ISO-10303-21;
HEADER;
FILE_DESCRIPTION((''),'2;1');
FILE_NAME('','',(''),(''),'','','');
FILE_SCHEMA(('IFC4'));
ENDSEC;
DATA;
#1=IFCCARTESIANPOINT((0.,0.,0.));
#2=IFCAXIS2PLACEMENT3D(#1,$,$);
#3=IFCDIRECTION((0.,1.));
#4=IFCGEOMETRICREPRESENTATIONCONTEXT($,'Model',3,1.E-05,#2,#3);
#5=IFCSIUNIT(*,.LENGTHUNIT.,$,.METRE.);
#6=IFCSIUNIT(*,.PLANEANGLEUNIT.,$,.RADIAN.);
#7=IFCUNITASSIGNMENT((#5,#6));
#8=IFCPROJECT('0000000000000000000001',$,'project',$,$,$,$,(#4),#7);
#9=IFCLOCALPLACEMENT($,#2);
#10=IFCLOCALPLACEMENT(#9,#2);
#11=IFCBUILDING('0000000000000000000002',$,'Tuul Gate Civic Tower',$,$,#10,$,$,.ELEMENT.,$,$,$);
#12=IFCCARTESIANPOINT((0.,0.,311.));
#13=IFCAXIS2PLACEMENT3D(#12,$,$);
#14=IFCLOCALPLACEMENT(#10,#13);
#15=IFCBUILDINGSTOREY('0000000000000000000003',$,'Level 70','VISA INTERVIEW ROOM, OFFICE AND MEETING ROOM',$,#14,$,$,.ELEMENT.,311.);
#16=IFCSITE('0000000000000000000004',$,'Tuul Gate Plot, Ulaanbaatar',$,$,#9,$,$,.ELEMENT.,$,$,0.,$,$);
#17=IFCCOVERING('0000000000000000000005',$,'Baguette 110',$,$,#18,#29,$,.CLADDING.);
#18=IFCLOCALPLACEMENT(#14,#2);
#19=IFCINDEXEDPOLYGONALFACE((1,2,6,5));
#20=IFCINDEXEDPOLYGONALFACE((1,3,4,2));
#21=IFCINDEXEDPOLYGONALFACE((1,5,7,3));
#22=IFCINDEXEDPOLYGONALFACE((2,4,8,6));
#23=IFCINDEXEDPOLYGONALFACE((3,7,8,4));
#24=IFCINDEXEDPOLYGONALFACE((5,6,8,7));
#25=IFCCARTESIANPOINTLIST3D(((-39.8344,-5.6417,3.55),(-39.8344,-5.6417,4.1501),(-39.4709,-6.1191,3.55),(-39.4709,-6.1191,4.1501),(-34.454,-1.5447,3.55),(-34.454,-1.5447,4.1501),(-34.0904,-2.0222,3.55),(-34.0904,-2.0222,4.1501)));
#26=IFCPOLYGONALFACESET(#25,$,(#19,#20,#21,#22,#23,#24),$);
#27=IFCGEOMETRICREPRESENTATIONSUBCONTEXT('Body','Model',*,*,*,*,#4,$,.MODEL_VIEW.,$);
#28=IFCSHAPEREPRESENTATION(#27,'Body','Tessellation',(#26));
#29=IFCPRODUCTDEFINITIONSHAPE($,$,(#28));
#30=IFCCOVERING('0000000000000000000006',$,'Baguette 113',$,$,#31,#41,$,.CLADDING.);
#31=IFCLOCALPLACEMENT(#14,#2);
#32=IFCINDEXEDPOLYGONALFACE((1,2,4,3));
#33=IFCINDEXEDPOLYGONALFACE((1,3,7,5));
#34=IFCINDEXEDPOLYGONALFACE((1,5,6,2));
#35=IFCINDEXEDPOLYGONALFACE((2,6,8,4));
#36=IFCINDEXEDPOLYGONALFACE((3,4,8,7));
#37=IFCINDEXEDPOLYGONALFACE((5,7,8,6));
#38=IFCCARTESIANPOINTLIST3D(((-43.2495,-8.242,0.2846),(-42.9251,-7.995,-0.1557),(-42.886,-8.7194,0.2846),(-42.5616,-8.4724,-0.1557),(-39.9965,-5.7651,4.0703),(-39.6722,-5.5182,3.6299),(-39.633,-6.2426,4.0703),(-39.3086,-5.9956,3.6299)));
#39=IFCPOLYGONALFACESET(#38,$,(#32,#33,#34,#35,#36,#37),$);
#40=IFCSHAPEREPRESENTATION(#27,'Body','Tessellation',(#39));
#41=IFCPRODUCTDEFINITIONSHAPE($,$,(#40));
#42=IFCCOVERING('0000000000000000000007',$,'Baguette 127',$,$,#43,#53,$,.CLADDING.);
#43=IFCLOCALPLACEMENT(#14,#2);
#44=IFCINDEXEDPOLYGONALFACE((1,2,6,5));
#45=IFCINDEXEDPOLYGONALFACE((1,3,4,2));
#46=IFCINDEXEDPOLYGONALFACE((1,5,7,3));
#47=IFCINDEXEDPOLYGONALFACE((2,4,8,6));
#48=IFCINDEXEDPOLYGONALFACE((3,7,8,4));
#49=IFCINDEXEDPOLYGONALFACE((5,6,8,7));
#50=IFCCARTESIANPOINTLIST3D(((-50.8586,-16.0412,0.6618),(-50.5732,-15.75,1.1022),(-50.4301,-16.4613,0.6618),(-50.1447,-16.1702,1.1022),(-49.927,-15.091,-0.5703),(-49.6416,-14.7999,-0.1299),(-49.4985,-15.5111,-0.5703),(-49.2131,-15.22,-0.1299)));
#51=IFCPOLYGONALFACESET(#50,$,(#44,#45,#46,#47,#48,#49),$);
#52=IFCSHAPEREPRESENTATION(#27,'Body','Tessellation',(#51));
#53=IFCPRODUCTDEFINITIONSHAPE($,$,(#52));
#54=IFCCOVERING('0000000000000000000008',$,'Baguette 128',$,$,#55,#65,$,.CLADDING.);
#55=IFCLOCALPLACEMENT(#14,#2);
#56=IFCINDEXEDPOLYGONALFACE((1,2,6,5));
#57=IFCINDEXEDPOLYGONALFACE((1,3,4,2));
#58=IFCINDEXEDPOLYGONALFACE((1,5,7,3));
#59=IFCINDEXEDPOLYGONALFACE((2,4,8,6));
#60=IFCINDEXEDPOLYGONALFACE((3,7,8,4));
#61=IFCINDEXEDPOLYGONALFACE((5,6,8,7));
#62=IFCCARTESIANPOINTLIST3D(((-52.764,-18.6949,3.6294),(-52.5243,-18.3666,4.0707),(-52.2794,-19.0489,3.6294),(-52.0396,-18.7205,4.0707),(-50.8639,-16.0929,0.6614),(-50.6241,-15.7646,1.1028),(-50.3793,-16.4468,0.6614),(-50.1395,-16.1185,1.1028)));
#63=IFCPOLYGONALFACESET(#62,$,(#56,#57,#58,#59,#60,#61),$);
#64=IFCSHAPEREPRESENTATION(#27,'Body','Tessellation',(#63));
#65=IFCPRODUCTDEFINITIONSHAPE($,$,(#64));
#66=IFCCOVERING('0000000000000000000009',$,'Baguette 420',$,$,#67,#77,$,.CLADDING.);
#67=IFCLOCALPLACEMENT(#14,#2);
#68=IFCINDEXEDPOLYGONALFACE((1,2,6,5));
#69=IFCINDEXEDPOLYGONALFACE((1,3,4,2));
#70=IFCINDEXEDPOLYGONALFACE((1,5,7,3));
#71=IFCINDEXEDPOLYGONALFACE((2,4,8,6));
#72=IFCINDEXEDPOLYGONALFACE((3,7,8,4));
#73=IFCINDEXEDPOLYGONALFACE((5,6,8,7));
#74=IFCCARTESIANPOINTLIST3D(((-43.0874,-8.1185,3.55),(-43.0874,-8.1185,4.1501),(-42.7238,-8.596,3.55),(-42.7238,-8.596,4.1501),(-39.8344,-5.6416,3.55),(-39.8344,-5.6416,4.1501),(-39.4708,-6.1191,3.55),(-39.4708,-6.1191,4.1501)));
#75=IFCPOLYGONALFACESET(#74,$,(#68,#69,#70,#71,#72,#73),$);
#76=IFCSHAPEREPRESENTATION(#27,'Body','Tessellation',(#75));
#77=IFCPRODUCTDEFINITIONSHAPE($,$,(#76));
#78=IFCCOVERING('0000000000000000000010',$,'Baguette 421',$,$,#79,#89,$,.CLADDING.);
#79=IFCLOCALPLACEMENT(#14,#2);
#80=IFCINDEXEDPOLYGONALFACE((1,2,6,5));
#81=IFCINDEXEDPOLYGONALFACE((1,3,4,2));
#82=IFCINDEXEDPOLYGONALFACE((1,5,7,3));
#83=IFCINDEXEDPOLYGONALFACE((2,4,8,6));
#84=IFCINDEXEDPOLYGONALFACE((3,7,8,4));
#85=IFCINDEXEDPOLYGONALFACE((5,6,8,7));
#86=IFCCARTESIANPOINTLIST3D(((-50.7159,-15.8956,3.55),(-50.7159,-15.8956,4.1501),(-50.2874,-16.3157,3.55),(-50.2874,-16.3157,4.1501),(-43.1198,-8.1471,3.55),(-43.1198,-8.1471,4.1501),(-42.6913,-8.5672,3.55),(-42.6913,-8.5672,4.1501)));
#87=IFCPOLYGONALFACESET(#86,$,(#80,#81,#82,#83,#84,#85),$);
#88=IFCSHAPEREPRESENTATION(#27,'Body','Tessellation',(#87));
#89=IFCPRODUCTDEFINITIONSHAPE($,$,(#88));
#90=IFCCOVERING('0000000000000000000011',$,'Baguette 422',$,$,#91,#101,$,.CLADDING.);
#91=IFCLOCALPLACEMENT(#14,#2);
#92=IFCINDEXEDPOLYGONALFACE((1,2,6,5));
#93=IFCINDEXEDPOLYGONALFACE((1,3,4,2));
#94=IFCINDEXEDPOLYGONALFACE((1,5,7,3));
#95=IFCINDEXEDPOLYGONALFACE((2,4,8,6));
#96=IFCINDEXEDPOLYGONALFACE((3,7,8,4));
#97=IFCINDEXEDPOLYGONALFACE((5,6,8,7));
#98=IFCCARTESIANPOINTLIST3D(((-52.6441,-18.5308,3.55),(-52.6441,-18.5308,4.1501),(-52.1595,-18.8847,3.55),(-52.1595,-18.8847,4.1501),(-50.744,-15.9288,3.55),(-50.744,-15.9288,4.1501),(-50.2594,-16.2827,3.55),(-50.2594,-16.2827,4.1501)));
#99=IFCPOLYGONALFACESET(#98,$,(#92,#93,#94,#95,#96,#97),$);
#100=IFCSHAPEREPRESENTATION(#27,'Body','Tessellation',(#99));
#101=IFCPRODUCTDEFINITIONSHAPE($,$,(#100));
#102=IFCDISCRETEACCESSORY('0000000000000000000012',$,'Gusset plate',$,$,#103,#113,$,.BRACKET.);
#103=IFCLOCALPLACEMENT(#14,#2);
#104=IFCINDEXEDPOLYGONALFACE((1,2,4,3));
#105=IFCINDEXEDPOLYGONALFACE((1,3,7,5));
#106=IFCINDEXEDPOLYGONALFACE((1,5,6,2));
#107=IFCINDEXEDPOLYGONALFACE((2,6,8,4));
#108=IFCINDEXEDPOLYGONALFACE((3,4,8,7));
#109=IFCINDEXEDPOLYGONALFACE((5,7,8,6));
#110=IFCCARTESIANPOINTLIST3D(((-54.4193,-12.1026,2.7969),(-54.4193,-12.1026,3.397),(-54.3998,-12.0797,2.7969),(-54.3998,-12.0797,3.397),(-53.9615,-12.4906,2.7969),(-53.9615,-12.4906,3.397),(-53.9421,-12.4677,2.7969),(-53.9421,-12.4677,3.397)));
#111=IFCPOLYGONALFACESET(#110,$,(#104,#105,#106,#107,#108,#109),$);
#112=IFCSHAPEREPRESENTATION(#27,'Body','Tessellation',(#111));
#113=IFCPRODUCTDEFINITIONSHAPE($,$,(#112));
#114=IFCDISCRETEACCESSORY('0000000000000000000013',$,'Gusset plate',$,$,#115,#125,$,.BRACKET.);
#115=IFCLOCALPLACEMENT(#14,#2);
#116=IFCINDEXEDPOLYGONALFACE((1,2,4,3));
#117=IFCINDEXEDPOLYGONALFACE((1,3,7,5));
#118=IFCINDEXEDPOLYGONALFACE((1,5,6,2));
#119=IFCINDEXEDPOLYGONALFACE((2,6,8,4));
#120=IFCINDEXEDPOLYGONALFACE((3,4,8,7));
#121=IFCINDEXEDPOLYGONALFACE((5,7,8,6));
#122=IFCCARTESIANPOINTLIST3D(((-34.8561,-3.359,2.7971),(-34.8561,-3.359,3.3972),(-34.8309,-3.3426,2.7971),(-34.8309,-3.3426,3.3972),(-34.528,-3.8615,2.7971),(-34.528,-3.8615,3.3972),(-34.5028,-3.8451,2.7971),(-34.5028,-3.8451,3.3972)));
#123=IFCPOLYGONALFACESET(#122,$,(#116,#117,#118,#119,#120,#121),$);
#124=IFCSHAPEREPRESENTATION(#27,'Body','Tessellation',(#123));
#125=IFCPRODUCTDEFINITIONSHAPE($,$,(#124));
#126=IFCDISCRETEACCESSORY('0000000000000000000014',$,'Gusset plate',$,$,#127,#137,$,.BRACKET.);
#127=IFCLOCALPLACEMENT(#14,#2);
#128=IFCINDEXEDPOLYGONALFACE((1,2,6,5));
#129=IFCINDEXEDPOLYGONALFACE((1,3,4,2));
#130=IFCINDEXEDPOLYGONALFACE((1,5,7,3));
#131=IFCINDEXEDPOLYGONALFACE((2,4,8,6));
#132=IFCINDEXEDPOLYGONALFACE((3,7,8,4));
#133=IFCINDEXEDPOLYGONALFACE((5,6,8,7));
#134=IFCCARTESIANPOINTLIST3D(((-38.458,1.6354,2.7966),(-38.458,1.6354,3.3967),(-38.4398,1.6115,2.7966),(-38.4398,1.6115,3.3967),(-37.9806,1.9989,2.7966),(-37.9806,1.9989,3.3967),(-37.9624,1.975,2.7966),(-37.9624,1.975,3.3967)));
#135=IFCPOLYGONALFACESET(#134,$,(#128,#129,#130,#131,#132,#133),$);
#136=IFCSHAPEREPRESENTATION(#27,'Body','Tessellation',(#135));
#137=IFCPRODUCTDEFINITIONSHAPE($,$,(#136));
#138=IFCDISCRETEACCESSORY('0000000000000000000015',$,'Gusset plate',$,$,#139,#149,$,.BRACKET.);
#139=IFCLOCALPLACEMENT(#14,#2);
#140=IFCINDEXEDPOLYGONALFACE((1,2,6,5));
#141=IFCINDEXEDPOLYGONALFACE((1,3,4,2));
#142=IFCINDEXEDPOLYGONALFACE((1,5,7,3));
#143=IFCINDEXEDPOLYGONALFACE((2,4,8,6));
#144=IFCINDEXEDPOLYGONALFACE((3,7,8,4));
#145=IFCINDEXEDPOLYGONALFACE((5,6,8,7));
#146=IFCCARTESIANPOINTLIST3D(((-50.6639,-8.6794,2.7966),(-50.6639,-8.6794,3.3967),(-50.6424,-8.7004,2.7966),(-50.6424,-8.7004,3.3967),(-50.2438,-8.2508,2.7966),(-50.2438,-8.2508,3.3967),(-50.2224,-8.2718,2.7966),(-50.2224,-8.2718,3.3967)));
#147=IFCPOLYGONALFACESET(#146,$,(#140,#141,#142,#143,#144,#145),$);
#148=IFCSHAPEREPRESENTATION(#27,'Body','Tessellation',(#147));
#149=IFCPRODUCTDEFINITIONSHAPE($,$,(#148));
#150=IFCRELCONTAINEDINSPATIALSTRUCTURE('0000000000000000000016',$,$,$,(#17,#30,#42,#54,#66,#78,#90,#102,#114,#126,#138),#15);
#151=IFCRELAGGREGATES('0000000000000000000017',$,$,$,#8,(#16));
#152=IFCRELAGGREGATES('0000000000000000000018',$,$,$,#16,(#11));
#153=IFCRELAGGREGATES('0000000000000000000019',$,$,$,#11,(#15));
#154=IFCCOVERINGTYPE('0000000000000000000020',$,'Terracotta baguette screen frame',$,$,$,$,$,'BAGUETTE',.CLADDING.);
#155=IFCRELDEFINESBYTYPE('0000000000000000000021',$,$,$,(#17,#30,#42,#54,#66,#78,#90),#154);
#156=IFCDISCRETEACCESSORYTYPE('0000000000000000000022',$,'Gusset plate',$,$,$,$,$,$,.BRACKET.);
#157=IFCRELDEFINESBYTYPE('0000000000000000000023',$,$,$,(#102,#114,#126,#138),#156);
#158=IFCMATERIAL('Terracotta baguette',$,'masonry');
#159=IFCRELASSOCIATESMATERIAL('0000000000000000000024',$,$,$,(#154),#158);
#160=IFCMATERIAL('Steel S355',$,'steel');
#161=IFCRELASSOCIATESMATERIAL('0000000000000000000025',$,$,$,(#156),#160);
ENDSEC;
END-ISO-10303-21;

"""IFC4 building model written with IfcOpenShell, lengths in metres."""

from ifc_helpers import new_model, si_unit, direction, frame, origin, origin_2d, place, context, subcontext, project, spatial, rectangle, extrude, material, material_profile, profile_set, type_object, element, save


model = new_model("IFC4")

# Units and contexts
model_context = context("Model", 3, precision=1e-05, world=origin(), true_north=direction((0.0, 1.0)))
body_context = subcontext(model_context, "Body", "Model", "MODEL_VIEW")
ifc_project = project(units=[si_unit("LENGTHUNIT", "METRE"), si_unit("PLANEANGLEUNIT", "RADIAN")], contexts=[model_context])

# Site, building, storey
site_placement = place(None, origin())
site = spatial("IfcSite", under=ifc_project, at=site_placement, Name="Tuul Gate Plot, Ulaanbaatar", CompositionType="ELEMENT", RefElevation=0.0)
building_placement = place(site_placement, origin())
building = spatial("IfcBuilding", under=site, at=building_placement, Name="Tuul Gate Civic Tower", CompositionType="ELEMENT")
storey_placement = place(building_placement, frame((0.0, 0.0, 311.0)))
storey = spatial("IfcBuildingStorey", under=building, at=storey_placement, Name="Level 70", Description="VISA INTERVIEW ROOM, OFFICE AND MEETING ROOM", CompositionType="ELEMENT", Elevation=311.0)

# Coverings
ifc_material_1 = material(Name="Terracotta baguette", Category="masonry")
ifc_material_profile_1 = material_profile(ifc_material_1, rectangle(XDim=0.6001, YDim=0.6001, at=origin_2d()), Name="Terracotta baguette screen frame")
ifc_profile_set_1 = profile_set([ifc_material_profile_1], Name="Terracotta baguette")
covering_type = type_object("IfcCoveringType", Name="Terracotta baguette screen frame", ElementType="BAGUETTE", PredefinedType="CLADDING", material=ifc_profile_set_1)
covering_1_placement = place(storey_placement, frame((-34.2722, -1.7834, 3.8501), z_axis=(-0.795603, -0.605818, 0.0), x_axis=(0.605818, -0.795603, 0.0)))
element("IfcCovering", 1, at=covering_1_placement, inside=storey, type_object=covering_type, Name="Baguette 110", PredefinedType="CLADDING", context=body_context, shape_type="SweptSolid", body=[
    extrude(rectangle(XDim=0.6001, YDim=0.6001, at=origin_2d()), origin(), (0.0, 0.0, 1.0), 6.7627),
])
covering_2_placement = place(storey_placement, frame((-39.6526, -5.8804, 3.8501), z_axis=(-0.583799, -0.444509, -0.679405), x_axis=(0.605793, -0.795622, 0.0)))
element("IfcCovering", 2, at=covering_2_placement, inside=storey, type_object=covering_type, Name="Baguette 113", PredefinedType="CLADDING", context=body_context, shape_type="SweptSolid", body=[
    extrude(rectangle(XDim=0.6001, YDim=0.6001, at=origin_2d()), origin(), (0.0, 0.0, 1.0), 5.572),
])
covering_3_placement = place(storey_placement, frame((-49.5701, -15.1555, -0.3501), z_axis=(-0.513701, -0.523932, 0.679416), x_axis=(0.714044, -0.700101, 0.0)))
element("IfcCovering", 3, at=covering_3_placement, inside=storey, type_object=covering_type, Name="Baguette 127", PredefinedType="CLADDING", context=body_context, shape_type="SweptSolid", body=[
    extrude(rectangle(XDim=0.6001, YDim=0.6001, at=origin_2d()), origin(), (0.0, 0.0, 1.0), 1.8135),
])
covering_4_placement = place(storey_placement, frame((-50.5017, -16.1057, 0.8821), z_axis=(-0.433756, -0.593983, 0.677524), x_axis=(0.807591, -0.589743, 0.0)))
element("IfcCovering", 4, at=covering_4_placement, inside=storey, type_object=covering_type, Name="Baguette 128", PredefinedType="CLADDING", context=body_context, shape_type="SweptSolid", body=[
    extrude(rectangle(XDim=0.6001, YDim=0.6001, at=origin_2d()), origin(), (0.0, 0.0, 1.0), 4.3806),
])
covering_5_placement = place(storey_placement, frame((-39.6526, -5.8804, 3.8501), z_axis=(-0.795622, -0.605793, 0.0), x_axis=(0.605793, -0.795622, 0.0)))
element("IfcCovering", 5, at=covering_5_placement, inside=storey, type_object=covering_type, Name="Baguette 420", PredefinedType="CLADDING", context=body_context, shape_type="SweptSolid", body=[
    extrude(rectangle(XDim=0.6001, YDim=0.6001, at=origin_2d()), origin(), (0.0, 0.0, 1.0), 4.0886),
])
covering_6_placement = place(storey_placement, frame((-42.9055, -8.3572, 3.8501), z_axis=(-0.700052, -0.714092, 0.0), x_axis=(0.714092, -0.700052, 0.0)))
element("IfcCovering", 6, at=covering_6_placement, inside=storey, type_object=covering_type, Name="Baguette 421", PredefinedType="CLADDING", context=body_context, shape_type="SweptSolid", body=[
    extrude(rectangle(XDim=0.6001, YDim=0.6001, at=origin_2d()), origin(), (0.0, 0.0, 1.0), 10.8508),
])
covering_7_placement = place(storey_placement, frame((-50.5017, -16.1057, 3.8501), z_axis=(-0.589743, -0.807591, 0.0), x_axis=(0.807591, -0.589743, 0.0)))
element("IfcCovering", 7, at=covering_7_placement, inside=storey, type_object=covering_type, Name="Baguette 422", PredefinedType="CLADDING", context=body_context, shape_type="SweptSolid", body=[
    extrude(rectangle(XDim=0.6001, YDim=0.6001, at=origin_2d()), origin(), (0.0, 0.0, 1.0), 3.2219),
])

# Discrete accessories
ifc_material_2 = material(Name="Steel S355", Category="steel")
discrete_accessory_type = type_object("IfcDiscreteAccessoryType", Name="Gusset plate", PredefinedType="BRACKET", material=ifc_material_2)
for number, where, z_axis, x_axis, name in (
    (8, (-54.1807, -12.2852, 2.7969), (0.0, 0.0, 1.0), (0.762825, -0.646605, 0.0), "Gusset plate"),
    (9, (-34.6794, -3.6021, 2.7971), (0.0, 0.0, 1.0), (-0.546711, 0.837322, 0.0), "Gusset plate"),
    (10, (-38.2102, 1.8052, 2.7966), (0.0, 0.0, 1.0), (-0.795664, -0.605738, 0.0), "Gusset plate"),
    (11, (-50.4431, -8.4756, 2.7966), (0.0, 0.0, 1.0), (0.7, 0.714143, 0.0), "Gusset plate"),
):
    element("IfcDiscreteAccessory", number, at=place(storey_placement, frame(where, z_axis=z_axis, x_axis=x_axis)), inside=storey, type_object=discrete_accessory_type, Name=name, PredefinedType="BRACKET", context=body_context, shape_type="SweptSolid", body=[
        extrude(rectangle(XDim=0.6001, YDim=0.03, at=origin_2d()), origin(), (0.0, 0.0, 1.0), 0.6001),
    ])

save(model, "model.ifc")
